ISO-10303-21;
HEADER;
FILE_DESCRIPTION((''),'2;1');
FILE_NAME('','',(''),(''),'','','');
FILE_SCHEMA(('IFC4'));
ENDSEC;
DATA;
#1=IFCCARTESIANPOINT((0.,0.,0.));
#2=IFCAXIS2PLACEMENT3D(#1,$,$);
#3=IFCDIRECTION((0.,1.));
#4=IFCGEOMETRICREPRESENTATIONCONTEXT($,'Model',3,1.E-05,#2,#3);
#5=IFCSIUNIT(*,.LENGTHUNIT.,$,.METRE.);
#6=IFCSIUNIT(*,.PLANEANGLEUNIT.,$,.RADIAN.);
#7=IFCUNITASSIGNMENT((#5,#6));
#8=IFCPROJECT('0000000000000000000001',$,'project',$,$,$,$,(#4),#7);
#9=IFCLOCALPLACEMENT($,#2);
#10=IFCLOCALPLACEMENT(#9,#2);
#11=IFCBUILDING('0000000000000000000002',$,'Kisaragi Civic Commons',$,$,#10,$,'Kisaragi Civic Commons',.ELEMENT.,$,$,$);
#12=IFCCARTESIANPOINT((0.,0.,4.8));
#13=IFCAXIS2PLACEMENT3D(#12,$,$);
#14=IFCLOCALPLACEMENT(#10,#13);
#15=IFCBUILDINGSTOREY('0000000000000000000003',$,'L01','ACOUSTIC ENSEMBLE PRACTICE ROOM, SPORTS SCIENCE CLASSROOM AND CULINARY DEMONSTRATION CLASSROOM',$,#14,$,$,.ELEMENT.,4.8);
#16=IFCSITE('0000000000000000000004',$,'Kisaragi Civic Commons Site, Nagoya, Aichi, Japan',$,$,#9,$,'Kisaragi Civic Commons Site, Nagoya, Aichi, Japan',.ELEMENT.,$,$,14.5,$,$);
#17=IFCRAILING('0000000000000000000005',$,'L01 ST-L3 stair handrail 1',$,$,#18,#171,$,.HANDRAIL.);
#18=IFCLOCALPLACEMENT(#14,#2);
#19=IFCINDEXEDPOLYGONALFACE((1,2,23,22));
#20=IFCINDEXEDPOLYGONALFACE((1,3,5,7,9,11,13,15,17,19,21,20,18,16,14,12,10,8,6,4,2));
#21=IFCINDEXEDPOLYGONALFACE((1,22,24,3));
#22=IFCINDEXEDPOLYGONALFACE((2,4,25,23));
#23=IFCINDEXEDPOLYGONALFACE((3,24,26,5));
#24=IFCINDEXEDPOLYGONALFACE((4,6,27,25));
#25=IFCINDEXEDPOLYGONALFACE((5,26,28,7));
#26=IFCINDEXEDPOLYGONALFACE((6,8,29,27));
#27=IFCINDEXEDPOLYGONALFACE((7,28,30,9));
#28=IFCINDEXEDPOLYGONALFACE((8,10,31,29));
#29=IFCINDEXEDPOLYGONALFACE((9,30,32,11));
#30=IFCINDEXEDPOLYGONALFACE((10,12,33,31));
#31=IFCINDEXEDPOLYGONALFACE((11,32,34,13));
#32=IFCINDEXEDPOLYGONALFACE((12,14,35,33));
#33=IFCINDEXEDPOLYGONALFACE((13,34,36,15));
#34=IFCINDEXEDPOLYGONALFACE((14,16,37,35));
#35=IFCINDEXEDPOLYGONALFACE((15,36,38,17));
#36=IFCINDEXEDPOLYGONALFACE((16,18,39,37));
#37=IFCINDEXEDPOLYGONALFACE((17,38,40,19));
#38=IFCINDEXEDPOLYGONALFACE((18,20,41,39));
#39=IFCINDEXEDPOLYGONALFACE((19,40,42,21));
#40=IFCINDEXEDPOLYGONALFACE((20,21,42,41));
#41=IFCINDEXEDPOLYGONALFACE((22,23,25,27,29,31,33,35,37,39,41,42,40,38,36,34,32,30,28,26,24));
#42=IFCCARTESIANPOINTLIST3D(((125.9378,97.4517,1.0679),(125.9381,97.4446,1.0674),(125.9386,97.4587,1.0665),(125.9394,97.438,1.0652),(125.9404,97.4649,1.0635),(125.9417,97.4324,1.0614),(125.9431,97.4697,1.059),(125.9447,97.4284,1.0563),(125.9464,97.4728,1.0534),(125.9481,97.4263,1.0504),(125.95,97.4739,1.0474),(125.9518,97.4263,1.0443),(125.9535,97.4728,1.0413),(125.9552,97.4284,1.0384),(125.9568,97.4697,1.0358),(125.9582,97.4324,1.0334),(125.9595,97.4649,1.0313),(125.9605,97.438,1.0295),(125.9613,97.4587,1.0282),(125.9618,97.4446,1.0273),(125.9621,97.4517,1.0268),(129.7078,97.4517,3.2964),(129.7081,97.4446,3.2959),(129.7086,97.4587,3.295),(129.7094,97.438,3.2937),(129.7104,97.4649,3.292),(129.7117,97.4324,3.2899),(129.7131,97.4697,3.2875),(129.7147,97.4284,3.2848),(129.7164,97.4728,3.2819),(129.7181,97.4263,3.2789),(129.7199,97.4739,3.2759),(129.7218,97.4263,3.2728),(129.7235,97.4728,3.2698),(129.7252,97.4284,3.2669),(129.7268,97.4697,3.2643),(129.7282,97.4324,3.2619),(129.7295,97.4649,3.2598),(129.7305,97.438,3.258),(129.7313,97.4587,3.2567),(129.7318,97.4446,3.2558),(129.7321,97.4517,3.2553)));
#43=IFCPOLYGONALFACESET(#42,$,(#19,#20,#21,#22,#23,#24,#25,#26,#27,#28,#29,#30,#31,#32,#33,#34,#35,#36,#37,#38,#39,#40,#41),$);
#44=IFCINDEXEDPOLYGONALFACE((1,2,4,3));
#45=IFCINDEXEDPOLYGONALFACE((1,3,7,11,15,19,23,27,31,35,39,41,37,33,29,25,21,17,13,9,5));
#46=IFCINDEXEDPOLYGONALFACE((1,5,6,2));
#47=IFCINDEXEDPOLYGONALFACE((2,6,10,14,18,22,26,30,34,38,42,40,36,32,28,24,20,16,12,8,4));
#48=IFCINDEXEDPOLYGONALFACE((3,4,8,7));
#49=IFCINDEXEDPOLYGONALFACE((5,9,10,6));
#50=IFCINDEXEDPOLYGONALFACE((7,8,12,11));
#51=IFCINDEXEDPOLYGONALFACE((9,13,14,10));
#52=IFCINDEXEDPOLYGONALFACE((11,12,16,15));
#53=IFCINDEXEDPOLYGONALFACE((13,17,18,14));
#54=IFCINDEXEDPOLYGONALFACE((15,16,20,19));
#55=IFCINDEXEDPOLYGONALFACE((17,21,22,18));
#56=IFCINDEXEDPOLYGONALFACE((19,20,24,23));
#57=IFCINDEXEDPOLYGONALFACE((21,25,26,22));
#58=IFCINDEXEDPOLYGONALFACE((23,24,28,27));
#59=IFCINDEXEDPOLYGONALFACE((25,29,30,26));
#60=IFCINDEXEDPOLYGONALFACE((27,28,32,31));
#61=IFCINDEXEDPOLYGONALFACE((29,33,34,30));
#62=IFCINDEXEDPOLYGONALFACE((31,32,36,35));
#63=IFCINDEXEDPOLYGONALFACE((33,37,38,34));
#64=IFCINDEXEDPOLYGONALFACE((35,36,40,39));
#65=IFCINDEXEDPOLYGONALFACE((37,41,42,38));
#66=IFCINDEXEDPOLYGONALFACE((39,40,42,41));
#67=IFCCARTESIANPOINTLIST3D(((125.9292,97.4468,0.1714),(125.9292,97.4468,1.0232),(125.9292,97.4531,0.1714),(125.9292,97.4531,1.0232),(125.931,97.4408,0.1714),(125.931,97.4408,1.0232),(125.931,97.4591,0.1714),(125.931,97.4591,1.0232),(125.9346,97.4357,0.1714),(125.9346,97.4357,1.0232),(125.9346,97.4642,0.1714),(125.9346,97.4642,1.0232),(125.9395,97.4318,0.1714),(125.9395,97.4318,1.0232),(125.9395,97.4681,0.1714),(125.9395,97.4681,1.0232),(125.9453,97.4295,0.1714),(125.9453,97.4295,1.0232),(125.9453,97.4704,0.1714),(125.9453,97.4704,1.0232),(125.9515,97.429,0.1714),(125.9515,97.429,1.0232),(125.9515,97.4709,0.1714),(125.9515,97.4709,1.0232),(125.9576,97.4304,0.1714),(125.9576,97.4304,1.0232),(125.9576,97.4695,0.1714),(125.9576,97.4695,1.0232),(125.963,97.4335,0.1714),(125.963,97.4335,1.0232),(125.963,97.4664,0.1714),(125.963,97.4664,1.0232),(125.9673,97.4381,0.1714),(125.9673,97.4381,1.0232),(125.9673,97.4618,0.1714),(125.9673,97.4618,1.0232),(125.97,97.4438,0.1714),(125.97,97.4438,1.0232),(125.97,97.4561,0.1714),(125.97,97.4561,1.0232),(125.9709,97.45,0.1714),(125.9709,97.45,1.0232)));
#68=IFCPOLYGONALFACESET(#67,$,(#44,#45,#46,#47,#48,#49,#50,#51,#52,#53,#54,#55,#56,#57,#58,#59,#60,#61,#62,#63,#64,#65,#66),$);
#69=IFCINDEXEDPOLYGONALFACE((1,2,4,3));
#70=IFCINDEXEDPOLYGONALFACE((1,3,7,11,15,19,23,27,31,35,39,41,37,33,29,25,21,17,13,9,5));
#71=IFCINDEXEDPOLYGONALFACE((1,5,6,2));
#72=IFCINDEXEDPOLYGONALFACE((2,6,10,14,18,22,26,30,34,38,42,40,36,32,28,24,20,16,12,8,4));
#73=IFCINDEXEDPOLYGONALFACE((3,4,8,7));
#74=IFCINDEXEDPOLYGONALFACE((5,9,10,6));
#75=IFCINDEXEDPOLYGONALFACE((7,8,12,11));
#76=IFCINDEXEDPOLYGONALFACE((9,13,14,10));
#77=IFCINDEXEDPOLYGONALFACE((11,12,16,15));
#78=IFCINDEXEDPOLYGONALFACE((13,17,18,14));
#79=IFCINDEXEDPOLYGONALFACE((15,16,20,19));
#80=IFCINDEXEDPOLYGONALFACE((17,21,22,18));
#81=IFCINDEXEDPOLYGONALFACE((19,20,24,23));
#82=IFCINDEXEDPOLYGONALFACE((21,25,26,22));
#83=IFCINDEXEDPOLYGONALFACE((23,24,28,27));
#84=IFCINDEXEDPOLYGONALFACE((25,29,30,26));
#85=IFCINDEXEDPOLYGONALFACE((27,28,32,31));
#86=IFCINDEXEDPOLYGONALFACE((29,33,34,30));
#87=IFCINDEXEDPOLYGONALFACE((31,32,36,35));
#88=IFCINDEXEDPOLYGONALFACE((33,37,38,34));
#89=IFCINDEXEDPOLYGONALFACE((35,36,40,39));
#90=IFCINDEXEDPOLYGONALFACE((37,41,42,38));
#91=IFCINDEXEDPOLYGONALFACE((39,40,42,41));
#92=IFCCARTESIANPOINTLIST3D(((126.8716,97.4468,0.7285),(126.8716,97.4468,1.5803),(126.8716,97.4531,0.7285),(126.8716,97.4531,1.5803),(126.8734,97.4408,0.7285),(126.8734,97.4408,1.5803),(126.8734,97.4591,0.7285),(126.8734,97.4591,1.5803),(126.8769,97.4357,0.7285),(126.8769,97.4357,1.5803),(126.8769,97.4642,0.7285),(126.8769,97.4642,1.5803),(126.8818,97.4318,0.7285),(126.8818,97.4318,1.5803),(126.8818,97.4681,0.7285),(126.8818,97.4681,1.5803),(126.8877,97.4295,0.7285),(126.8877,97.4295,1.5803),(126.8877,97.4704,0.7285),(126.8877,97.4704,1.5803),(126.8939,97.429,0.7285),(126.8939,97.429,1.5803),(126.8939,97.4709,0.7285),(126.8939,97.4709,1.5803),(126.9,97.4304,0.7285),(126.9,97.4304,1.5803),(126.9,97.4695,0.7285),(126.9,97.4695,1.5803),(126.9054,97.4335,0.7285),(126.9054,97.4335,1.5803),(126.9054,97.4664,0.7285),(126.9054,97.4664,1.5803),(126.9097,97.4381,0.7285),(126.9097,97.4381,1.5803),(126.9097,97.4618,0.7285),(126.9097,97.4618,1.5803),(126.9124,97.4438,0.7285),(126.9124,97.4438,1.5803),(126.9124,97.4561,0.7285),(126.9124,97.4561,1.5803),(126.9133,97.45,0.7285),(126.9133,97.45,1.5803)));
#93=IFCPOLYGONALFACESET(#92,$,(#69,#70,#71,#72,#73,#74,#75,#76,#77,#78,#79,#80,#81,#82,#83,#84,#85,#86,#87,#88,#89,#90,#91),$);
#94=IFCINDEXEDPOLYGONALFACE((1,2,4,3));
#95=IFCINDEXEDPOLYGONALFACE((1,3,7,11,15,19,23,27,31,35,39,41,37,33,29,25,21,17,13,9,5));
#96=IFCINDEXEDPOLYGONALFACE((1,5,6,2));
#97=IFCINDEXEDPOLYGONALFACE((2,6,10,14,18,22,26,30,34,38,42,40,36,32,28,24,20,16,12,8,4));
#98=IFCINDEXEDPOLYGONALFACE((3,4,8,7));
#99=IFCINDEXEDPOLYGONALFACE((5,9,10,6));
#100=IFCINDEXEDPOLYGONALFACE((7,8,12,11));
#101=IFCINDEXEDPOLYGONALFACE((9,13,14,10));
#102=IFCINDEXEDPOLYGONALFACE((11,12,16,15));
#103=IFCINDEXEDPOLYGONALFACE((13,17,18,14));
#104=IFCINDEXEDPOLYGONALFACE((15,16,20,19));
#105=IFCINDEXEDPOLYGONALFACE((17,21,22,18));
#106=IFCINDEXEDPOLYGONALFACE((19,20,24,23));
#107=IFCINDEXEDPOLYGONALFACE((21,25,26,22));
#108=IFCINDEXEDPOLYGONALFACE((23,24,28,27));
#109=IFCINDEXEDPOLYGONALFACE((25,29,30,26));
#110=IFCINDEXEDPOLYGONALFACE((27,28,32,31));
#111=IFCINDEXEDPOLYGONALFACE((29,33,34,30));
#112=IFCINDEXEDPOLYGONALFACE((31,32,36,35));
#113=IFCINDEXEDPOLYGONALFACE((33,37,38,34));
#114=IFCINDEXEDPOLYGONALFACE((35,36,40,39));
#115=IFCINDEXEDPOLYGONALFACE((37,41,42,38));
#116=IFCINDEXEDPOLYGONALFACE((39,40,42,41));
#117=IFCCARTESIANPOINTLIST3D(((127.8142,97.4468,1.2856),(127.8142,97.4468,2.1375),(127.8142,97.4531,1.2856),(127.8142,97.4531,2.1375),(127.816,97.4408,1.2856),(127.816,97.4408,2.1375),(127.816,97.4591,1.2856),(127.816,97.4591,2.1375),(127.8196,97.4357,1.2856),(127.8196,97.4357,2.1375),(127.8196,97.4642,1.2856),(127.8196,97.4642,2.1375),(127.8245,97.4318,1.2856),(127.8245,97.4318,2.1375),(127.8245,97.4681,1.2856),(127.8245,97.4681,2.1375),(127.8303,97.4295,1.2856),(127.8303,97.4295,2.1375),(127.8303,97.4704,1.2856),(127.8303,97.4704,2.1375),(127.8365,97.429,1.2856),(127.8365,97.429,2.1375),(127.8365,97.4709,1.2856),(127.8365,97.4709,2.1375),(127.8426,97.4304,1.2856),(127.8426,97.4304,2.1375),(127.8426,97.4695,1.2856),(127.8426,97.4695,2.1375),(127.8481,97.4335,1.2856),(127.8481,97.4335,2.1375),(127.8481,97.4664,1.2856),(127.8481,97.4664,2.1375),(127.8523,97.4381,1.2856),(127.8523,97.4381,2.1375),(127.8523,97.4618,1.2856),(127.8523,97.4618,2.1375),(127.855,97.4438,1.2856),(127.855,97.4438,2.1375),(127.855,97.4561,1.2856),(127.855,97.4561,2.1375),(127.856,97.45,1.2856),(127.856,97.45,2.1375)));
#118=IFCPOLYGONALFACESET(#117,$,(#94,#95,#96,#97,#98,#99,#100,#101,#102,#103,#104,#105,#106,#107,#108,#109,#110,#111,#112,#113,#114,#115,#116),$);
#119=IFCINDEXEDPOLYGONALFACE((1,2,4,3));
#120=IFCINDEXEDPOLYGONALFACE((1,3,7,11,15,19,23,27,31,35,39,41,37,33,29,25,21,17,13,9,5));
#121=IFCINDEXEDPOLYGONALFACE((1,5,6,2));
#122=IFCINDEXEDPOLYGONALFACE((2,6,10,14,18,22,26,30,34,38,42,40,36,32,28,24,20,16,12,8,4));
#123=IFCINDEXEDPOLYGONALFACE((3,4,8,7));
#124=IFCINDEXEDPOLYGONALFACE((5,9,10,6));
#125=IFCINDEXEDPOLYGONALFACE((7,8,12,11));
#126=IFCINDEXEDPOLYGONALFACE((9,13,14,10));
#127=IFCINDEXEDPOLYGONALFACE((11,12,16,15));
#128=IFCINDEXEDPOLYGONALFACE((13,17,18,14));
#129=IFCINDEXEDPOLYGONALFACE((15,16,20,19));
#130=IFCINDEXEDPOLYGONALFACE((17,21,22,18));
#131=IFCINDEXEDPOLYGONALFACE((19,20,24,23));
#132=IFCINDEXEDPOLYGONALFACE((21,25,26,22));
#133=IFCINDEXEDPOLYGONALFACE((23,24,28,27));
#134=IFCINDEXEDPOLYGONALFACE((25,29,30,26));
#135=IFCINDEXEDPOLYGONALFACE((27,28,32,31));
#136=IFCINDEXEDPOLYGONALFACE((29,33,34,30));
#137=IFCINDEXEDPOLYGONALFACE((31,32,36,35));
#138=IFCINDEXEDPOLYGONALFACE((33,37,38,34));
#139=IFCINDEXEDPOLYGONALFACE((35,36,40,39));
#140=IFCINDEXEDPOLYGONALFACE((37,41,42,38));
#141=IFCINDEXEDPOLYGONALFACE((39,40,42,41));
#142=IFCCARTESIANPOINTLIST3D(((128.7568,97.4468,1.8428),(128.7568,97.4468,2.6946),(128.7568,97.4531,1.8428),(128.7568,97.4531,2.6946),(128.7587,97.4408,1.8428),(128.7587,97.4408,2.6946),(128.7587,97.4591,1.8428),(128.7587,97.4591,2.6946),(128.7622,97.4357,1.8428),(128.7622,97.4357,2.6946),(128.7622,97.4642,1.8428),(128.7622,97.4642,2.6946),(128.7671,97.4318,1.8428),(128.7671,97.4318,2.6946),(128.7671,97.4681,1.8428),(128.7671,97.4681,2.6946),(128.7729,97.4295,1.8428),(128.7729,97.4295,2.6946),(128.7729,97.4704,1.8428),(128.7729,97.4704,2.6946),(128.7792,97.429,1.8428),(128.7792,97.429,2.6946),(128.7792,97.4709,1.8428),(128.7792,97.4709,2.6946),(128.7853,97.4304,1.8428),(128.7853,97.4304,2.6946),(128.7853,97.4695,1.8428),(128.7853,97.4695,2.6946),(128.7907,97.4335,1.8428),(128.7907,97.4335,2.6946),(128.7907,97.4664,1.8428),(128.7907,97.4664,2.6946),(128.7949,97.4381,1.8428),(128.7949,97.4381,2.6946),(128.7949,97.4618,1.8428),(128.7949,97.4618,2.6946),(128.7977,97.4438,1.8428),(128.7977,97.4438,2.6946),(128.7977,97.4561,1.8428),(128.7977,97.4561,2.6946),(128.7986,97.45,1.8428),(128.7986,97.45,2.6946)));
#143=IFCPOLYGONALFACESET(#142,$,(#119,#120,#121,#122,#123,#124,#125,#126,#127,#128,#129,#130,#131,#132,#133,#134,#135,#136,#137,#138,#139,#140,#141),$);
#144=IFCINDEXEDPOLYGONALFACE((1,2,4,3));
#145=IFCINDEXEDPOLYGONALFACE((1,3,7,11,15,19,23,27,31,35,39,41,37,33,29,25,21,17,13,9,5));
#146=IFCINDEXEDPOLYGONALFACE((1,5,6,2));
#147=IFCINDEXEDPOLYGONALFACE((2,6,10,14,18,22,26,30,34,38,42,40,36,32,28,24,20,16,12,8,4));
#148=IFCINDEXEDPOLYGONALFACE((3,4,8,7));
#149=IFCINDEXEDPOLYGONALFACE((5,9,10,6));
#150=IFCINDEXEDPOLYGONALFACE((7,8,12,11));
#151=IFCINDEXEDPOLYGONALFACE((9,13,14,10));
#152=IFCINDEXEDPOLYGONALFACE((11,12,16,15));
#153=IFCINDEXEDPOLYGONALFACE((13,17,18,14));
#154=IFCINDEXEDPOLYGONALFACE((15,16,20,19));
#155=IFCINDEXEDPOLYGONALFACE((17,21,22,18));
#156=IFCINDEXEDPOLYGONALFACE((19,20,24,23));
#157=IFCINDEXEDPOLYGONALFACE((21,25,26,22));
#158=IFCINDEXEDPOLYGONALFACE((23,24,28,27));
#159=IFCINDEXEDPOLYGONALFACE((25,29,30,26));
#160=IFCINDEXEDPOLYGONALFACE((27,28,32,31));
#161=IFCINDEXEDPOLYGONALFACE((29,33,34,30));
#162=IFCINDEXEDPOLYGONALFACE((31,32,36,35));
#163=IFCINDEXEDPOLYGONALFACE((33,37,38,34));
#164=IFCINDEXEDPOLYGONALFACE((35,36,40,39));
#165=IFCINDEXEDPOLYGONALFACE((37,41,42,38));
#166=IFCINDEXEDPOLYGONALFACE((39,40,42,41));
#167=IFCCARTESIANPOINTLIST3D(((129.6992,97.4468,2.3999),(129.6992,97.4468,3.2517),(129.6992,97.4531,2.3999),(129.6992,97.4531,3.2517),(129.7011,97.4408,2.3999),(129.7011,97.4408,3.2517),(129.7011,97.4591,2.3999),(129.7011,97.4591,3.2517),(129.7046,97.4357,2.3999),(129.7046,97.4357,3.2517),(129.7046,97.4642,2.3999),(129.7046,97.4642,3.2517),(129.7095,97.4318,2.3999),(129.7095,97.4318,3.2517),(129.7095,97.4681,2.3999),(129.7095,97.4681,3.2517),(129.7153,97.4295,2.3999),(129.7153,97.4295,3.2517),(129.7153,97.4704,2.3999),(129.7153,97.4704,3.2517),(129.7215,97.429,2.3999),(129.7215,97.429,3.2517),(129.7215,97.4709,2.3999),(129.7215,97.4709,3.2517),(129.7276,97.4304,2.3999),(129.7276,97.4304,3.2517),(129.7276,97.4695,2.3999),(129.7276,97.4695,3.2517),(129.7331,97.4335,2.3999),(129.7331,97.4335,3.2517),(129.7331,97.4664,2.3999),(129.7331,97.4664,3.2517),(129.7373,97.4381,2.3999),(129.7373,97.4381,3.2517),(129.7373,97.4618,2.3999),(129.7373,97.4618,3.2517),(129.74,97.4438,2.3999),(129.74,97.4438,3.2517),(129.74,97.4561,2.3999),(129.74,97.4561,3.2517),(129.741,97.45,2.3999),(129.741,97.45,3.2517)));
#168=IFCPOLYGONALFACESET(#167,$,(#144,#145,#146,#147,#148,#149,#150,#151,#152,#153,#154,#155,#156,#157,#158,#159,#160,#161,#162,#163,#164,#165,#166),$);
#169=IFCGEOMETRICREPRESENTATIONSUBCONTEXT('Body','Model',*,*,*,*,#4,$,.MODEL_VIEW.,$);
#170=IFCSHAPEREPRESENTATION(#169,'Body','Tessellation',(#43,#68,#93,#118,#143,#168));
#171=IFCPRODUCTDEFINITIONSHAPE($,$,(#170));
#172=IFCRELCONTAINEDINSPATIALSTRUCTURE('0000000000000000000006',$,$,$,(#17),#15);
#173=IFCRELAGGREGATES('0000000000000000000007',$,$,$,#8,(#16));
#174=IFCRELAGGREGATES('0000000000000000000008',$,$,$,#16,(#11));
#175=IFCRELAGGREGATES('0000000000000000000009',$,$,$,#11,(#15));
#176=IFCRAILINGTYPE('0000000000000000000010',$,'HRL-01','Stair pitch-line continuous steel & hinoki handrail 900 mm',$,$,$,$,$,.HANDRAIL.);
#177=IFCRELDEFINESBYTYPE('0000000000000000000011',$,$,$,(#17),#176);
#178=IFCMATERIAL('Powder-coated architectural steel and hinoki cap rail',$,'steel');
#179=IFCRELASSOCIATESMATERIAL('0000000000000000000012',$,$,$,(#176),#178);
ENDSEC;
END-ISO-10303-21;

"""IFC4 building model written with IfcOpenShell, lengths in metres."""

from ifc_helpers import new_model, si_unit, direction, frame, origin, origin_2d, place, context, subcontext, project, spatial, circle, extrude, material, type_object, element, save


model = new_model("IFC4")

# Units and contexts
model_context = context("Model", 3, precision=1e-05, world=origin(), true_north=direction((0.0, 1.0)))
body_context = subcontext(model_context, "Body", "Model", "MODEL_VIEW")
ifc_project = project(units=[si_unit("LENGTHUNIT", "METRE"), si_unit("PLANEANGLEUNIT", "RADIAN")], contexts=[model_context])

# Site, building, storey
site_placement = place(None, origin())
site = spatial("IfcSite", under=ifc_project, at=site_placement, Name="Kisaragi Civic Commons Site, Nagoya, Aichi, Japan", LongName="Kisaragi Civic Commons Site, Nagoya, Aichi, Japan", CompositionType="ELEMENT", RefElevation=14.5)
building_placement = place(site_placement, origin())
building = spatial("IfcBuilding", under=site, at=building_placement, Name="Kisaragi Civic Commons", LongName="Kisaragi Civic Commons", CompositionType="ELEMENT")
storey_placement = place(building_placement, frame((0.0, 0.0, 4.8)))
storey = spatial("IfcBuildingStorey", under=building, at=storey_placement, Name="L01", Description="ACOUSTIC ENSEMBLE PRACTICE ROOM, SPORTS SCIENCE CLASSROOM AND CULINARY DEMONSTRATION CLASSROOM", CompositionType="ELEMENT", Elevation=4.8)

# Railing
ifc_material_1 = material(Name="Powder-coated architectural steel and hinoki cap rail", Category="steel")
railing_type_1 = type_object("IfcRailingType", Name="HRL-01", Description="Stair pitch-line continuous steel & hinoki handrail 900 mm", PredefinedType="HANDRAIL", material=ifc_material_1)
railing_1_placement = place(storey_placement, frame((125.95, 97.45, 0.1714)))
element("IfcRailing", 1, at=railing_1_placement, inside=storey, type_object=railing_type_1, Name="L01 ST-L3 stair handrail 1", PredefinedType="HANDRAIL", context=body_context, shape_type="SweptSolid", body=[
    extrude(circle(Radius=0.0239, at=origin_2d()), frame((0.0, 0.0, 0.876), z_axis=(0.860849, 0.0, 0.508861), x_axis=(0.0, 1.0, 0.0)), (0.0, 0.0, 1.0), 4.3794),
    extrude(circle(Radius=0.021, at=origin_2d()), origin(), (0.0, 0.0, 1.0), 0.8518),
    extrude(circle(Radius=0.021, at=origin_2d()), frame((0.9424, 0.0, 0.5571)), (0.0, 0.0, 1.0), 0.8518),
    extrude(circle(Radius=0.021, at=origin_2d()), frame((1.885, 0.0, 1.1143)), (0.0, 0.0, 1.0), 0.8518),
    extrude(circle(Radius=0.021, at=origin_2d()), frame((2.8276, 0.0, 1.6714)), (0.0, 0.0, 1.0), 0.8518),
    extrude(circle(Radius=0.021, at=origin_2d()), frame((3.77, 0.0, 2.2285)), (0.0, 0.0, 1.0), 0.8518),
])

save(model, "model.ifc")
